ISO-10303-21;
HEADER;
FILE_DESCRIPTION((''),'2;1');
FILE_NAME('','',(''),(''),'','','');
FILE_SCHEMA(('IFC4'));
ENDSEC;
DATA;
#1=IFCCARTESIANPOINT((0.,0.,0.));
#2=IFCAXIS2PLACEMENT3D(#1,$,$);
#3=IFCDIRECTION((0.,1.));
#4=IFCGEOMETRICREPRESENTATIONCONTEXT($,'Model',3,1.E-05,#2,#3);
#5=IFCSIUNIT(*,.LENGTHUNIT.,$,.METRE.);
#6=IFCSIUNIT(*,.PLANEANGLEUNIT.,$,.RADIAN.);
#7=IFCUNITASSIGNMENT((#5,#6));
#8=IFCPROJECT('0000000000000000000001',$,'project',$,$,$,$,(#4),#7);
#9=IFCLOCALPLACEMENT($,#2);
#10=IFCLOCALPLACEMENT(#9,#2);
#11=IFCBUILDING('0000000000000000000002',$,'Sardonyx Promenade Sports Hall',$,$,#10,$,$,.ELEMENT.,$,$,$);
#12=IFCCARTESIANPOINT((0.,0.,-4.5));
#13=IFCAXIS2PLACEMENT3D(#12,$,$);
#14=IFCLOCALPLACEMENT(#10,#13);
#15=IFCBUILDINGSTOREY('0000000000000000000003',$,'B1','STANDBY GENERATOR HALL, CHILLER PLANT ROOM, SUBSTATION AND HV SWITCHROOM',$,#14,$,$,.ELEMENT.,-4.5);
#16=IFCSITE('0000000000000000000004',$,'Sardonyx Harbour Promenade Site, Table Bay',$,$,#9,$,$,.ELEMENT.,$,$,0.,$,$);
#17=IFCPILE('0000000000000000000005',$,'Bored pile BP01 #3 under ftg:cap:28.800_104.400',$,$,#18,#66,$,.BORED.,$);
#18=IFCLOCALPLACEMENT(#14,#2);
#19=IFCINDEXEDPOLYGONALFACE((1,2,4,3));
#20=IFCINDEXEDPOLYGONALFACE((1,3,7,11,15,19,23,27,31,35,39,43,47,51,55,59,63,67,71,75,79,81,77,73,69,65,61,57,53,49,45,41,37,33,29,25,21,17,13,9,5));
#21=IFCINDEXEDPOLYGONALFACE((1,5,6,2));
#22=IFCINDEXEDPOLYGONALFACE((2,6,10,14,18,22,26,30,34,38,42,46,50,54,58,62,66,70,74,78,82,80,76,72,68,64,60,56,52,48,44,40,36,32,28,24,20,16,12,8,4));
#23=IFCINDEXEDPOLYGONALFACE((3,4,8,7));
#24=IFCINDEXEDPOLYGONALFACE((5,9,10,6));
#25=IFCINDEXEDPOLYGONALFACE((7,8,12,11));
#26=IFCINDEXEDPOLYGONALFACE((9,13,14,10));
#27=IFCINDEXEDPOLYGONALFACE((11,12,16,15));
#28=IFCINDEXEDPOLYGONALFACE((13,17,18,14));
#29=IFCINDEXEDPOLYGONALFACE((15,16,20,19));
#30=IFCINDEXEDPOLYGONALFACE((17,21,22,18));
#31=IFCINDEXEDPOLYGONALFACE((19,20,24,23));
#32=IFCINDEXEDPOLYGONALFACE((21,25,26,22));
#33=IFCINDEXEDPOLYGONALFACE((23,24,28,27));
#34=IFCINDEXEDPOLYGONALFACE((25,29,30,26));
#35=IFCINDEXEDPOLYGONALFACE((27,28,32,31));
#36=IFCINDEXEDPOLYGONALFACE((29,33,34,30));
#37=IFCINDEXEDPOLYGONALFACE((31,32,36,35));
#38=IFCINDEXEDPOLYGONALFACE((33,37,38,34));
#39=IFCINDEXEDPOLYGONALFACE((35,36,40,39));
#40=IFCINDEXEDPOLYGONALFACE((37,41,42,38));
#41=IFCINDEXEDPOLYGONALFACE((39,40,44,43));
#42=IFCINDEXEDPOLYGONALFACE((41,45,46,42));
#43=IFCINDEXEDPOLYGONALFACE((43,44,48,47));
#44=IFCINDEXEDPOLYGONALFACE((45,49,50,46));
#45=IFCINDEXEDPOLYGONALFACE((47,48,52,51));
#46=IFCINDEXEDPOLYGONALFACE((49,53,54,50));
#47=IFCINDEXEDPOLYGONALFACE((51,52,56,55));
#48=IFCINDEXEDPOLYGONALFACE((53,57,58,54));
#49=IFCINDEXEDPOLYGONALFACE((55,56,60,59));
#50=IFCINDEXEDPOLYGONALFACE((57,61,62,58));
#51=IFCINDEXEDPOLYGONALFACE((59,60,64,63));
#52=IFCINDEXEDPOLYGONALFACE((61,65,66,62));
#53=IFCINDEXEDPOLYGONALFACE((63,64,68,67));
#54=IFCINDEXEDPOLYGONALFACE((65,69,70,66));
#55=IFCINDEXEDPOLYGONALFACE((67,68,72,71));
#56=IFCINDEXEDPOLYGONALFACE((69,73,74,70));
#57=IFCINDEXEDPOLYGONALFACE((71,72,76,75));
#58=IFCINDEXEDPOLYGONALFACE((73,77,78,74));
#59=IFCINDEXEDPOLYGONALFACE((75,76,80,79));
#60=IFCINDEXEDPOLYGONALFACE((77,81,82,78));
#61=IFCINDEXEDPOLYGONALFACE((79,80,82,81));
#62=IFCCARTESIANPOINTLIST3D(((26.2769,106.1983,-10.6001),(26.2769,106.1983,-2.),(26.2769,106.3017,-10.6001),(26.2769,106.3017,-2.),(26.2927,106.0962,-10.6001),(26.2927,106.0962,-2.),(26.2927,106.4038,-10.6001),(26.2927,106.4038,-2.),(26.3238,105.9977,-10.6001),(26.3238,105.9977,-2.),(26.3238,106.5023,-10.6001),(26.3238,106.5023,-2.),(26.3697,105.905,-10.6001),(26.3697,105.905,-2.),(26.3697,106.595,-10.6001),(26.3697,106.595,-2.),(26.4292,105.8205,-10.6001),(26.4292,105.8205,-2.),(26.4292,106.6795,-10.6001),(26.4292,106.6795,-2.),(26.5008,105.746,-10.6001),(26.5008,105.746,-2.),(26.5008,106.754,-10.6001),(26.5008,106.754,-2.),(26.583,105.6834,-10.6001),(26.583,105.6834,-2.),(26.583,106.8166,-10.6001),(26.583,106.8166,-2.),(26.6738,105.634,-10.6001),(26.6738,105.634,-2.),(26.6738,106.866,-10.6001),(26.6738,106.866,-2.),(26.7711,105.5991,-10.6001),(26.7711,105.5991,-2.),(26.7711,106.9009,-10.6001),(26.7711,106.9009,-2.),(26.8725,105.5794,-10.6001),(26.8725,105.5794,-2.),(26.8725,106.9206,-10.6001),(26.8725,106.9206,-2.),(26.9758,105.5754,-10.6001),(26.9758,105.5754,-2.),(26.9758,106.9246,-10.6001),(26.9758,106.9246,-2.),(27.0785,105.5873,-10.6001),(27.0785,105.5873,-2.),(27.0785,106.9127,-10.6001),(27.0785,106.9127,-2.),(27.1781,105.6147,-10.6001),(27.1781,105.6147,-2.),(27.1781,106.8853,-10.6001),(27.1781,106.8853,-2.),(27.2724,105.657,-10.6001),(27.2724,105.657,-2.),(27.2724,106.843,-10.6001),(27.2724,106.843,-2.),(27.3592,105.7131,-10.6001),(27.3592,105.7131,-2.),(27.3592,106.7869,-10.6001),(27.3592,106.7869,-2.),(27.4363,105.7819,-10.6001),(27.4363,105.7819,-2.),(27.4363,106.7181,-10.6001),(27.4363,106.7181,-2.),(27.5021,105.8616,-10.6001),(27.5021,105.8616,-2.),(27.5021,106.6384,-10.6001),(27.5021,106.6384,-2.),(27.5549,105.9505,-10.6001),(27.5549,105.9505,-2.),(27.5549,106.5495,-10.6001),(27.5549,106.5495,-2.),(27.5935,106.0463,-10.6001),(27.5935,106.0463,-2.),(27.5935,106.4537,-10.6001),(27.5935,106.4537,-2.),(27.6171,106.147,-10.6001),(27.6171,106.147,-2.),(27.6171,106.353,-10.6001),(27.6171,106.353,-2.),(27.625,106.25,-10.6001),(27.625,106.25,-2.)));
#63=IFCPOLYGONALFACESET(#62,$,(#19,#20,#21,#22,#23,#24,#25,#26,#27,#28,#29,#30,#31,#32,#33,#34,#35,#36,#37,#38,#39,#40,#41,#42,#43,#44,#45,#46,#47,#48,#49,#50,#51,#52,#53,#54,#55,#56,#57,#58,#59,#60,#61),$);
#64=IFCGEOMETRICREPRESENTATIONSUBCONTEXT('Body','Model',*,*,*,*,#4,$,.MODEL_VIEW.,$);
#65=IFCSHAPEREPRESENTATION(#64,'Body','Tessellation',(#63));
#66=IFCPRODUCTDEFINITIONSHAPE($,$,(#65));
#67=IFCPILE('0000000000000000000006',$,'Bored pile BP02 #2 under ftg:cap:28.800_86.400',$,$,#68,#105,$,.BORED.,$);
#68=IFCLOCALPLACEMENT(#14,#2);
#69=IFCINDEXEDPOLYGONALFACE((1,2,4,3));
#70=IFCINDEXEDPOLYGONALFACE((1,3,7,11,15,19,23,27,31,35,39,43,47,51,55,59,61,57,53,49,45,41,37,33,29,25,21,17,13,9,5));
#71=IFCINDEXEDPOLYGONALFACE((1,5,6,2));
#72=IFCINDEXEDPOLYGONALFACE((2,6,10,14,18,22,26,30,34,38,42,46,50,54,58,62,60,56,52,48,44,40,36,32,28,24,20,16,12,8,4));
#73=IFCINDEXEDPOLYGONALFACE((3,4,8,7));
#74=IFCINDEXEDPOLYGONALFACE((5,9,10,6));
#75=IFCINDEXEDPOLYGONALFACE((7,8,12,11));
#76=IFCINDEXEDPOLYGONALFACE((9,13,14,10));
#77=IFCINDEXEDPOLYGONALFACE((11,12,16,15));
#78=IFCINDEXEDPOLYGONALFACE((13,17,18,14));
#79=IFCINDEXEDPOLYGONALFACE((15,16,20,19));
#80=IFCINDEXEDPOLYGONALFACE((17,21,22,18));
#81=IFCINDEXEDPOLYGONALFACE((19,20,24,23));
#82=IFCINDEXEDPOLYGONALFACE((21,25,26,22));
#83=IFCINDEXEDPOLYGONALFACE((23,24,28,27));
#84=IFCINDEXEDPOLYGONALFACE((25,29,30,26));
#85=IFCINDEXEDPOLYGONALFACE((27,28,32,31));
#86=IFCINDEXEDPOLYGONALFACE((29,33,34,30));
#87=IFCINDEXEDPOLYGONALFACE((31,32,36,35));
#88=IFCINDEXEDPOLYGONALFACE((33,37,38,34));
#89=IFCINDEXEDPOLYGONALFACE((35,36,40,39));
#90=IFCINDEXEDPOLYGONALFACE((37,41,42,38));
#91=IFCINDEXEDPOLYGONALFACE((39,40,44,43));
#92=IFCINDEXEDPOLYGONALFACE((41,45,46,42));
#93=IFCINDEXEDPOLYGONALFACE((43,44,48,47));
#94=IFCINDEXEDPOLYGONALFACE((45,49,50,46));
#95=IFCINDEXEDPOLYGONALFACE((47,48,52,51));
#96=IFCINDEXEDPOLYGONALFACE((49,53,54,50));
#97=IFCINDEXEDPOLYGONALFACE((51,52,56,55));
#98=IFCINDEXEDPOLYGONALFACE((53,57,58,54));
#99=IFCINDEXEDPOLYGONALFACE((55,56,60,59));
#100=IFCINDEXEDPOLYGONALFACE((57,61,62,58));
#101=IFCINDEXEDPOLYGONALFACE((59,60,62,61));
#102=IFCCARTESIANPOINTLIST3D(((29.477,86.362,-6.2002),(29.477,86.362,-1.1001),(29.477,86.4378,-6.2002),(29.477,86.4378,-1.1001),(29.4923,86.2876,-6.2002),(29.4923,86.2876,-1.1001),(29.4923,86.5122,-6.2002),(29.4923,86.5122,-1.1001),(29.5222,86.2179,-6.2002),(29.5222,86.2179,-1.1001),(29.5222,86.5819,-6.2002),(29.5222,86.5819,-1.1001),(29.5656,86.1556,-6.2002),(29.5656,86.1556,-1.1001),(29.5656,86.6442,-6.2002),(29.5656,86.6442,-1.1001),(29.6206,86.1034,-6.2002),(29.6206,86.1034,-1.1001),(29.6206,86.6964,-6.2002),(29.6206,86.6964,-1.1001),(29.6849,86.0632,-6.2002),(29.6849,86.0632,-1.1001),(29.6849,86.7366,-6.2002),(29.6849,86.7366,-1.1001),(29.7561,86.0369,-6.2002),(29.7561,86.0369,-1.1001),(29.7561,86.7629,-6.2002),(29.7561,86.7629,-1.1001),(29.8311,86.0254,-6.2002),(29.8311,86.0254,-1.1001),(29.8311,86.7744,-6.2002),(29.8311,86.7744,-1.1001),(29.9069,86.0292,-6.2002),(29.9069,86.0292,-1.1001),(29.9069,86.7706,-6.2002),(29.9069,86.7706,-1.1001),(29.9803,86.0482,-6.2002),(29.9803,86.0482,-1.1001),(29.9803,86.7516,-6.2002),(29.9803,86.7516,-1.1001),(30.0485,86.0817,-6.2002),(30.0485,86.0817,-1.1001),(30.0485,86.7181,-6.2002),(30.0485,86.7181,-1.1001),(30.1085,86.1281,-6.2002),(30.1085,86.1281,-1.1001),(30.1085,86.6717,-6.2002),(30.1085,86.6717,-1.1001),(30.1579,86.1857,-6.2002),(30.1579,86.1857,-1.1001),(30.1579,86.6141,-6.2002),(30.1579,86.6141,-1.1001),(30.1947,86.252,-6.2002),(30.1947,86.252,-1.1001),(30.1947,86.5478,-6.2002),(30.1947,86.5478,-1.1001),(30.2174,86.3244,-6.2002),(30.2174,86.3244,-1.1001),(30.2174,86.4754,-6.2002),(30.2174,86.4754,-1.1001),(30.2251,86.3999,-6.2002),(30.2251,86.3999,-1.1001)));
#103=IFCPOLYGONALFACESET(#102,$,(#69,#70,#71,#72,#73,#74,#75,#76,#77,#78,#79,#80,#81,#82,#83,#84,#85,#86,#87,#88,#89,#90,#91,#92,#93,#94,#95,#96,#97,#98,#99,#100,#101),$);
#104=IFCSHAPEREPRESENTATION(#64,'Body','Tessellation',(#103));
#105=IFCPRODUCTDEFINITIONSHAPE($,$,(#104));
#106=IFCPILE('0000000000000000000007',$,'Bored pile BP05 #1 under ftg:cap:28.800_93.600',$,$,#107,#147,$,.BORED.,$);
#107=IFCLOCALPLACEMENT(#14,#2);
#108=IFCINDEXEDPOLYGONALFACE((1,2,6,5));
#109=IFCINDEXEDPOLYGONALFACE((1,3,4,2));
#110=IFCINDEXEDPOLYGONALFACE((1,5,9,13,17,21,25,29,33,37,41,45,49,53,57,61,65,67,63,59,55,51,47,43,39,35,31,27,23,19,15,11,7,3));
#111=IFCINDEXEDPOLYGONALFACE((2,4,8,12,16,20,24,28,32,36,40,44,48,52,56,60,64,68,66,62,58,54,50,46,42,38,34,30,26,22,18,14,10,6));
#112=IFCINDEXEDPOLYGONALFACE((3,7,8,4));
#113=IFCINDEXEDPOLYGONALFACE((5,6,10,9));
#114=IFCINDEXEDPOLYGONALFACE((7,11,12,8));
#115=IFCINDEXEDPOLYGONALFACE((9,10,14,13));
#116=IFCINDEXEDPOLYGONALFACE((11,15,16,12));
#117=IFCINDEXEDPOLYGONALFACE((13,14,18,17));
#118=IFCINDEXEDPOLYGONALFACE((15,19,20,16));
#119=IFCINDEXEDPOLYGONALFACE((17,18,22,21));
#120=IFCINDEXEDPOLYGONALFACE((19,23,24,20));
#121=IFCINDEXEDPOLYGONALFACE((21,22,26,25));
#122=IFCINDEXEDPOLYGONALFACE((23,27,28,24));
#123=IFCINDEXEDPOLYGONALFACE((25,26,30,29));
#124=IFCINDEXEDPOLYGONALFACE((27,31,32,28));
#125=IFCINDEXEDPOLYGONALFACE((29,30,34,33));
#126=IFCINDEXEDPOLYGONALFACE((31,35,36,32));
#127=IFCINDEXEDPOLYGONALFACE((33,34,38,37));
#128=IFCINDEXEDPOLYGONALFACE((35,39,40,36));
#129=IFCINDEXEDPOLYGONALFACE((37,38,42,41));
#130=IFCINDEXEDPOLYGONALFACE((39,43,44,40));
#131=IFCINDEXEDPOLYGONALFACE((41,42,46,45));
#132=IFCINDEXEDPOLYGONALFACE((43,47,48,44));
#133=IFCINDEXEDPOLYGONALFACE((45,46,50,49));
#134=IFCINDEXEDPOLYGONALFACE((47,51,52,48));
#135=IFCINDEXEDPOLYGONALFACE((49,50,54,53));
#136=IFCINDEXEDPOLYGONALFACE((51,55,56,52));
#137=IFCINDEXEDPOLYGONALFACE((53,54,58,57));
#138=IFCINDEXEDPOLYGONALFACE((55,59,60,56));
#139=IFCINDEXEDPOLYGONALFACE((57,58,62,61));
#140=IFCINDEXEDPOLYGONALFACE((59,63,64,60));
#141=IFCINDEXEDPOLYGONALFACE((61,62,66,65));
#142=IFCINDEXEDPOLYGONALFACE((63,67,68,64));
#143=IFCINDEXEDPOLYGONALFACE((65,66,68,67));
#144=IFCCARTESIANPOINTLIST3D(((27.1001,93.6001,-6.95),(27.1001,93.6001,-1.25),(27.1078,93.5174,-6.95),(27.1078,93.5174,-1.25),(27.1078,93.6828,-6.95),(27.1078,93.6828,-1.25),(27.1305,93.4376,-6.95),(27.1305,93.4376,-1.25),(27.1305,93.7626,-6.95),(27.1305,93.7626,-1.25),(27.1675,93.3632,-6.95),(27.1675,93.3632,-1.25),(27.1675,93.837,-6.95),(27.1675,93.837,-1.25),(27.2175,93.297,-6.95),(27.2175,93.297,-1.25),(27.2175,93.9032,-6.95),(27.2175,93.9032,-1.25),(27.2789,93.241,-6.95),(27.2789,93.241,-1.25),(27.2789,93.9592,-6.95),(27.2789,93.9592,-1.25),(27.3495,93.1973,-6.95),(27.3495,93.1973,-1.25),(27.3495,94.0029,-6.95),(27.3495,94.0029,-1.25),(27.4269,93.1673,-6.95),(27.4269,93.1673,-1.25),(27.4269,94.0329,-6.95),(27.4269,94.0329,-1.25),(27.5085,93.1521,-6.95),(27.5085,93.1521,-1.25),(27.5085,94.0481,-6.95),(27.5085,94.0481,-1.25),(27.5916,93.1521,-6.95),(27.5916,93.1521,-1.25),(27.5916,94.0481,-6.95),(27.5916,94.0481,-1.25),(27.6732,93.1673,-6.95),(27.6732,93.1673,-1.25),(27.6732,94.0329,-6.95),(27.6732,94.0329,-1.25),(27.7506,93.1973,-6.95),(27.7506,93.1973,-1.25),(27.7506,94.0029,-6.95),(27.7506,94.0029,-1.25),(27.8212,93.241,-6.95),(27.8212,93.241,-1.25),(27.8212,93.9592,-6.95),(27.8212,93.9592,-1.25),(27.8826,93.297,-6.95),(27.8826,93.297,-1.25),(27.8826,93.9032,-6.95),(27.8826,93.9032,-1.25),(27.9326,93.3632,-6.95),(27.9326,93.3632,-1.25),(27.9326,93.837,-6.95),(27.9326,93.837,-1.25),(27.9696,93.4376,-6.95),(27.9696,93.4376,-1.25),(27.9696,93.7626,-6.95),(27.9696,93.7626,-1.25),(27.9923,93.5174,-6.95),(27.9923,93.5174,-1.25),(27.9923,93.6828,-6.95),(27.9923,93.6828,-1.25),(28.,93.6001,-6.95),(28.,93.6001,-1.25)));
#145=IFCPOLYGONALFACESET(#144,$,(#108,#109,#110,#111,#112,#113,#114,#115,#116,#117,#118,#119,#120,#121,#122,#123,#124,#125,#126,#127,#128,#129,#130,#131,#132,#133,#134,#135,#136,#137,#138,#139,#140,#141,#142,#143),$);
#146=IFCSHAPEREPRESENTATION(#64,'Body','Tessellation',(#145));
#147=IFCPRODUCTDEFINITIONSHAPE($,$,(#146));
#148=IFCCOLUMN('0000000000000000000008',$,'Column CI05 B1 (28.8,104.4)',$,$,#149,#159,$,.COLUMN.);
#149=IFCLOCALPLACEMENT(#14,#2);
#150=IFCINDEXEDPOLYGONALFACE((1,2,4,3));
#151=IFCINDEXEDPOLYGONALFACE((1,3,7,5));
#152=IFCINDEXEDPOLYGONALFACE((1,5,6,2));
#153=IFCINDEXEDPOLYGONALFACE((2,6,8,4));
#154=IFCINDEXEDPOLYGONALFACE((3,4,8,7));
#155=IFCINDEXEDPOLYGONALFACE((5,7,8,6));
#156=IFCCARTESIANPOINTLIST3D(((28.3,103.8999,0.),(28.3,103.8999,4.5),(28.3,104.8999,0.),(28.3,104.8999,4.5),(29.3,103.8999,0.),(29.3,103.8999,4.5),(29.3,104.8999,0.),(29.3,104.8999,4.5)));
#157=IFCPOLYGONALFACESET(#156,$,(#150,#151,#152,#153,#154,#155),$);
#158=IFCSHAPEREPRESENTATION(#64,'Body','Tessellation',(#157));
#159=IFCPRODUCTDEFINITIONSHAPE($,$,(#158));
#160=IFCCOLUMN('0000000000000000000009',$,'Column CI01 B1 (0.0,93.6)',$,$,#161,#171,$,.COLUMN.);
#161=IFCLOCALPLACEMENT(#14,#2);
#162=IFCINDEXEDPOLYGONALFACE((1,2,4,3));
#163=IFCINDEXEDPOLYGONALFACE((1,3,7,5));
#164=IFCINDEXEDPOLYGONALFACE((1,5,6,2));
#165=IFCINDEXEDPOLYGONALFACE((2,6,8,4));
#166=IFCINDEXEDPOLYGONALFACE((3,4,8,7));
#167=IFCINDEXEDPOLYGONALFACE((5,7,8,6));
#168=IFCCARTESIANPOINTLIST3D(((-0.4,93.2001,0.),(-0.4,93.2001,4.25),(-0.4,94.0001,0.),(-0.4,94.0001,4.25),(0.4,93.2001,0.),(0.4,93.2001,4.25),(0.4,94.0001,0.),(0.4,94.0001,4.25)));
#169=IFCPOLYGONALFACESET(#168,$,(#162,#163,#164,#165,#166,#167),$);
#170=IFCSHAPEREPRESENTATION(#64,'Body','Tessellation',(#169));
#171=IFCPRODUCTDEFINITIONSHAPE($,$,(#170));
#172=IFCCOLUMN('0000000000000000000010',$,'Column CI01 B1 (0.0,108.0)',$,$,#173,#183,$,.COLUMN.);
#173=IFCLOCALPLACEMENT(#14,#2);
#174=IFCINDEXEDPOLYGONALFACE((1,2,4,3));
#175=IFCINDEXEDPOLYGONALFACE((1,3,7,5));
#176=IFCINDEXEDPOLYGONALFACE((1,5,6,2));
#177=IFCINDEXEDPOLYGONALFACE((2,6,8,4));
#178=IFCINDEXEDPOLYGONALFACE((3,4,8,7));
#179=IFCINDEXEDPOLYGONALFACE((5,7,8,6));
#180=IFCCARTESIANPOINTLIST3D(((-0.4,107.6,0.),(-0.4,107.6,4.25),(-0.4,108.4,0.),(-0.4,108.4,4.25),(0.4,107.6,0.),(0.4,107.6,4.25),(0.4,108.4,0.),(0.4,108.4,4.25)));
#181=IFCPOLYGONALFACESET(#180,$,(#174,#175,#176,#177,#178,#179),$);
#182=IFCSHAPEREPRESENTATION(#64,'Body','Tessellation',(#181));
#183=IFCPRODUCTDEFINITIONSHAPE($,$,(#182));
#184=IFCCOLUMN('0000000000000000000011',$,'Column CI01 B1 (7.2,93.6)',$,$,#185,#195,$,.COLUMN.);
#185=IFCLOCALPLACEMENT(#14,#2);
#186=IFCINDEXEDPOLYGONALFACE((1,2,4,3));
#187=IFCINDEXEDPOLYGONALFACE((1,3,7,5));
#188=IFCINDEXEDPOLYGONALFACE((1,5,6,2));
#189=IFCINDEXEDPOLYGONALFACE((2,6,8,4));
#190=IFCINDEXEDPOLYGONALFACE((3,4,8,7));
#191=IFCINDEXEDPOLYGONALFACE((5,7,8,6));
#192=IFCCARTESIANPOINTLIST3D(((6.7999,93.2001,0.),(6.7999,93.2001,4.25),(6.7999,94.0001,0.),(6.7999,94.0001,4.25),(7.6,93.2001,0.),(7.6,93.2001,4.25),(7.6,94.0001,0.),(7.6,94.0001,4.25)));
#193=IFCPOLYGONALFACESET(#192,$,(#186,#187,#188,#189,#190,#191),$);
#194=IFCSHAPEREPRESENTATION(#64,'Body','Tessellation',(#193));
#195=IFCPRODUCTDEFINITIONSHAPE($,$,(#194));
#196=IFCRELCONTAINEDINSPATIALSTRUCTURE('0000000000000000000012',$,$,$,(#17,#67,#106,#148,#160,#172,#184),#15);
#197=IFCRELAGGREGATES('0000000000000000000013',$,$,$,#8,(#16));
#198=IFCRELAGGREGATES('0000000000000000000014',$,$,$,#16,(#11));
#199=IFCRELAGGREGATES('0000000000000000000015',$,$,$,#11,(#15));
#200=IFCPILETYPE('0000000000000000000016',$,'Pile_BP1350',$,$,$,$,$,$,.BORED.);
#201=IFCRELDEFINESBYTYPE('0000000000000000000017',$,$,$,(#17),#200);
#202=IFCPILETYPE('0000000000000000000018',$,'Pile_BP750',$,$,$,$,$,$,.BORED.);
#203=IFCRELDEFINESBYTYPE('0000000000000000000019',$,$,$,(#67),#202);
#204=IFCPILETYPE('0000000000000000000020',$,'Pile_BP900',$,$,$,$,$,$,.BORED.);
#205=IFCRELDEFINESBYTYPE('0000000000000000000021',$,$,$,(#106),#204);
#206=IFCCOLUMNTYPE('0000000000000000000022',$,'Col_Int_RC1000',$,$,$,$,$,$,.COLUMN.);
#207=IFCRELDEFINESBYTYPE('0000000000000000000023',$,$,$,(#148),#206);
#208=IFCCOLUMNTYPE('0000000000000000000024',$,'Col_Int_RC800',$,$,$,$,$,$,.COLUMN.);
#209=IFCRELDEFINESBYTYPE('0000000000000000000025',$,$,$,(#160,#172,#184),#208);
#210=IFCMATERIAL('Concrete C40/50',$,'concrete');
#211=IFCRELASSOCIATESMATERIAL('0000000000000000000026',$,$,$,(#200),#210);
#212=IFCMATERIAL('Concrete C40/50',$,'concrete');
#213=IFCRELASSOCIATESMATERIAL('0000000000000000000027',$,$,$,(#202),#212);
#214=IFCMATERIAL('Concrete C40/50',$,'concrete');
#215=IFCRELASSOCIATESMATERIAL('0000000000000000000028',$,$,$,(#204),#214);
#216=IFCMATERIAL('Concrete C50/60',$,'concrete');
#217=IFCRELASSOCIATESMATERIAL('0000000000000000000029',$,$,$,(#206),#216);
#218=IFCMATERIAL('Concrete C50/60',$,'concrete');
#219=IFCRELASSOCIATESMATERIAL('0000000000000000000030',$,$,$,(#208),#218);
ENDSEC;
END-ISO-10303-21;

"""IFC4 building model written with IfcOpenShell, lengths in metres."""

from ifc_helpers import new_model, si_unit, direction, frame, origin, origin_2d, place, context, subcontext, project, spatial, rectangle, circle, extrude, material, material_profile, profile_set, type_object, element, save


model = new_model("IFC4")

# Units and contexts
model_context = context("Model", 3, precision=1e-05, world=origin(), true_north=direction((0.0, 1.0)))
body_context = subcontext(model_context, "Body", "Model", "MODEL_VIEW")
ifc_project = project(units=[si_unit("LENGTHUNIT", "METRE"), si_unit("PLANEANGLEUNIT", "RADIAN")], contexts=[model_context])

# Site, building, storey
site_placement = place(None, origin())
site = spatial("IfcSite", under=ifc_project, at=site_placement, Name="Sardonyx Harbour Promenade Site, Table Bay", CompositionType="ELEMENT", RefElevation=0.0)
building_placement = place(site_placement, origin())
building = spatial("IfcBuilding", under=site, at=building_placement, Name="Sardonyx Promenade Sports Hall", CompositionType="ELEMENT")
storey_placement = place(building_placement, frame((0.0, 0.0, -4.5)))
storey = spatial("IfcBuildingStorey", under=building, at=storey_placement, Name="B1", Description="STANDBY GENERATOR HALL, CHILLER PLANT ROOM, SUBSTATION AND HV SWITCHROOM", CompositionType="ELEMENT", Elevation=-4.5)

# Piles
ifc_material_1 = material(Name="Concrete C40/50", Category="concrete")
ifc_material_profile_1 = material_profile(ifc_material_1, circle(Radius=0.675, at=origin_2d()))
ifc_profile_set_1 = profile_set([ifc_material_profile_1], Name="Concrete C40/50")
pile_type_1 = type_object("IfcPileType", Name="Pile_BP1350", PredefinedType="BORED", material=ifc_profile_set_1)
for number, where, z_axis, x_axis, name in (
    (1, (26.95, 106.25, -2.0), (0.0, 0.0, -1.0), (1.0, 0.0, 0.0), "Bored pile BP01 #3 under ftg:cap:28.800_104.400"),
):
    element("IfcPile", number, at=place(storey_placement, frame(where, z_axis=z_axis, x_axis=x_axis)), inside=storey, type_object=pile_type_1, Name=name, PredefinedType="BORED", context=body_context, shape_type="SweptSolid", body=[
        extrude(circle(Radius=0.675, at=origin_2d()), origin(), (0.0, 0.0, 1.0), 8.6001),
    ])
ifc_material_2 = material(Name="Concrete C40/50", Category="concrete")
ifc_material_profile_2 = material_profile(ifc_material_2, circle(Radius=0.375, at=origin_2d()))
ifc_profile_set_2 = profile_set([ifc_material_profile_2], Name="Concrete C40/50")
pile_type_2 = type_object("IfcPileType", Name="Pile_BP750", PredefinedType="BORED", material=ifc_profile_set_2)
pile_1_placement = place(storey_placement, frame((29.8501, 86.3999, -1.1001), z_axis=(0.0, 0.0, -1.0), x_axis=(1.0, 0.0, 0.0)))
element("IfcPile", 2, at=pile_1_placement, inside=storey, type_object=pile_type_2, Name="Bored pile BP02 #2 under ftg:cap:28.800_86.400", PredefinedType="BORED", context=body_context, shape_type="SweptSolid", body=[
    extrude(circle(Radius=0.375, at=origin_2d()), origin(), (0.0, 0.0, 1.0), 5.1001),
])
ifc_material_3 = material(Name="Concrete C40/50", Category="concrete")
ifc_material_profile_3 = material_profile(ifc_material_3, circle(Radius=0.45, at=origin_2d()))
ifc_profile_set_3 = profile_set([ifc_material_profile_3], Name="Concrete C40/50")
pile_type_3 = type_object("IfcPileType", Name="Pile_BP900", PredefinedType="BORED", material=ifc_profile_set_3)
pile_2_placement = place(storey_placement, frame((27.55, 93.6001, -1.25), z_axis=(0.0, 0.0, -1.0), x_axis=(1.0, 0.0, 0.0)))
element("IfcPile", 3, at=pile_2_placement, inside=storey, type_object=pile_type_3, Name="Bored pile BP05 #1 under ftg:cap:28.800_93.600", PredefinedType="BORED", context=body_context, shape_type="SweptSolid", body=[
    extrude(circle(Radius=0.45, at=origin_2d()), origin(), (0.0, 0.0, 1.0), 5.7),
])

# Columns
ifc_material_4 = material(Name="Concrete C50/60", Category="concrete")
ifc_material_profile_4 = material_profile(ifc_material_4, rectangle(XDim=1.0, YDim=1.0, at=origin_2d()))
ifc_profile_set_4 = profile_set([ifc_material_profile_4], Name="Concrete C50/60")
column_type_1 = type_object("IfcColumnType", Name="Col_Int_RC1000", PredefinedType="COLUMN", material=ifc_profile_set_4)
column_placement = place(storey_placement, frame((28.8, 104.3999, 0.0), z_axis=(0.0, 0.0, 1.0), x_axis=(1.0, 0.0, 0.0)))
element("IfcColumn", 4, at=column_placement, inside=storey, type_object=column_type_1, Name="Column CI05 B1 (28.8,104.4)", PredefinedType="COLUMN", context=body_context, shape_type="SweptSolid", body=[
    extrude(rectangle(XDim=1.0, YDim=1.0, at=origin_2d()), origin(), (0.0, 0.0, 1.0), 4.5),
])
ifc_material_5 = material(Name="Concrete C50/60", Category="concrete")
ifc_material_profile_5 = material_profile(ifc_material_5, rectangle(XDim=0.8, YDim=0.8, at=origin_2d()))
ifc_profile_set_5 = profile_set([ifc_material_profile_5], Name="Concrete C50/60")
column_type_2 = type_object("IfcColumnType", Name="Col_Int_RC800", PredefinedType="COLUMN", material=ifc_profile_set_5)
for number, where, z_axis, x_axis, name in (
    (5, (0.0, 93.6001, 0.0), (0.0, 0.0, 1.0), (1.0, 0.0, 0.0), "Column CI01 B1 (0.0,93.6)"),
    (6, (0.0, 108.0, 0.0), (0.0, 0.0, 1.0), (1.0, 0.0, 0.0), "Column CI01 B1 (0.0,108.0)"),
    (7, (7.2, 93.6001, 0.0), (0.0, 0.0, 1.0), (1.0, 0.0, 0.0), "Column CI01 B1 (7.2,93.6)"),
):
    element("IfcColumn", number, at=place(storey_placement, frame(where, z_axis=z_axis, x_axis=x_axis)), inside=storey, type_object=column_type_2, Name=name, PredefinedType="COLUMN", context=body_context, shape_type="SweptSolid", body=[
        extrude(rectangle(XDim=0.8, YDim=0.8, at=origin_2d()), origin(), (0.0, 0.0, 1.0), 4.25),
    ])

save(model, "model.ifc")
